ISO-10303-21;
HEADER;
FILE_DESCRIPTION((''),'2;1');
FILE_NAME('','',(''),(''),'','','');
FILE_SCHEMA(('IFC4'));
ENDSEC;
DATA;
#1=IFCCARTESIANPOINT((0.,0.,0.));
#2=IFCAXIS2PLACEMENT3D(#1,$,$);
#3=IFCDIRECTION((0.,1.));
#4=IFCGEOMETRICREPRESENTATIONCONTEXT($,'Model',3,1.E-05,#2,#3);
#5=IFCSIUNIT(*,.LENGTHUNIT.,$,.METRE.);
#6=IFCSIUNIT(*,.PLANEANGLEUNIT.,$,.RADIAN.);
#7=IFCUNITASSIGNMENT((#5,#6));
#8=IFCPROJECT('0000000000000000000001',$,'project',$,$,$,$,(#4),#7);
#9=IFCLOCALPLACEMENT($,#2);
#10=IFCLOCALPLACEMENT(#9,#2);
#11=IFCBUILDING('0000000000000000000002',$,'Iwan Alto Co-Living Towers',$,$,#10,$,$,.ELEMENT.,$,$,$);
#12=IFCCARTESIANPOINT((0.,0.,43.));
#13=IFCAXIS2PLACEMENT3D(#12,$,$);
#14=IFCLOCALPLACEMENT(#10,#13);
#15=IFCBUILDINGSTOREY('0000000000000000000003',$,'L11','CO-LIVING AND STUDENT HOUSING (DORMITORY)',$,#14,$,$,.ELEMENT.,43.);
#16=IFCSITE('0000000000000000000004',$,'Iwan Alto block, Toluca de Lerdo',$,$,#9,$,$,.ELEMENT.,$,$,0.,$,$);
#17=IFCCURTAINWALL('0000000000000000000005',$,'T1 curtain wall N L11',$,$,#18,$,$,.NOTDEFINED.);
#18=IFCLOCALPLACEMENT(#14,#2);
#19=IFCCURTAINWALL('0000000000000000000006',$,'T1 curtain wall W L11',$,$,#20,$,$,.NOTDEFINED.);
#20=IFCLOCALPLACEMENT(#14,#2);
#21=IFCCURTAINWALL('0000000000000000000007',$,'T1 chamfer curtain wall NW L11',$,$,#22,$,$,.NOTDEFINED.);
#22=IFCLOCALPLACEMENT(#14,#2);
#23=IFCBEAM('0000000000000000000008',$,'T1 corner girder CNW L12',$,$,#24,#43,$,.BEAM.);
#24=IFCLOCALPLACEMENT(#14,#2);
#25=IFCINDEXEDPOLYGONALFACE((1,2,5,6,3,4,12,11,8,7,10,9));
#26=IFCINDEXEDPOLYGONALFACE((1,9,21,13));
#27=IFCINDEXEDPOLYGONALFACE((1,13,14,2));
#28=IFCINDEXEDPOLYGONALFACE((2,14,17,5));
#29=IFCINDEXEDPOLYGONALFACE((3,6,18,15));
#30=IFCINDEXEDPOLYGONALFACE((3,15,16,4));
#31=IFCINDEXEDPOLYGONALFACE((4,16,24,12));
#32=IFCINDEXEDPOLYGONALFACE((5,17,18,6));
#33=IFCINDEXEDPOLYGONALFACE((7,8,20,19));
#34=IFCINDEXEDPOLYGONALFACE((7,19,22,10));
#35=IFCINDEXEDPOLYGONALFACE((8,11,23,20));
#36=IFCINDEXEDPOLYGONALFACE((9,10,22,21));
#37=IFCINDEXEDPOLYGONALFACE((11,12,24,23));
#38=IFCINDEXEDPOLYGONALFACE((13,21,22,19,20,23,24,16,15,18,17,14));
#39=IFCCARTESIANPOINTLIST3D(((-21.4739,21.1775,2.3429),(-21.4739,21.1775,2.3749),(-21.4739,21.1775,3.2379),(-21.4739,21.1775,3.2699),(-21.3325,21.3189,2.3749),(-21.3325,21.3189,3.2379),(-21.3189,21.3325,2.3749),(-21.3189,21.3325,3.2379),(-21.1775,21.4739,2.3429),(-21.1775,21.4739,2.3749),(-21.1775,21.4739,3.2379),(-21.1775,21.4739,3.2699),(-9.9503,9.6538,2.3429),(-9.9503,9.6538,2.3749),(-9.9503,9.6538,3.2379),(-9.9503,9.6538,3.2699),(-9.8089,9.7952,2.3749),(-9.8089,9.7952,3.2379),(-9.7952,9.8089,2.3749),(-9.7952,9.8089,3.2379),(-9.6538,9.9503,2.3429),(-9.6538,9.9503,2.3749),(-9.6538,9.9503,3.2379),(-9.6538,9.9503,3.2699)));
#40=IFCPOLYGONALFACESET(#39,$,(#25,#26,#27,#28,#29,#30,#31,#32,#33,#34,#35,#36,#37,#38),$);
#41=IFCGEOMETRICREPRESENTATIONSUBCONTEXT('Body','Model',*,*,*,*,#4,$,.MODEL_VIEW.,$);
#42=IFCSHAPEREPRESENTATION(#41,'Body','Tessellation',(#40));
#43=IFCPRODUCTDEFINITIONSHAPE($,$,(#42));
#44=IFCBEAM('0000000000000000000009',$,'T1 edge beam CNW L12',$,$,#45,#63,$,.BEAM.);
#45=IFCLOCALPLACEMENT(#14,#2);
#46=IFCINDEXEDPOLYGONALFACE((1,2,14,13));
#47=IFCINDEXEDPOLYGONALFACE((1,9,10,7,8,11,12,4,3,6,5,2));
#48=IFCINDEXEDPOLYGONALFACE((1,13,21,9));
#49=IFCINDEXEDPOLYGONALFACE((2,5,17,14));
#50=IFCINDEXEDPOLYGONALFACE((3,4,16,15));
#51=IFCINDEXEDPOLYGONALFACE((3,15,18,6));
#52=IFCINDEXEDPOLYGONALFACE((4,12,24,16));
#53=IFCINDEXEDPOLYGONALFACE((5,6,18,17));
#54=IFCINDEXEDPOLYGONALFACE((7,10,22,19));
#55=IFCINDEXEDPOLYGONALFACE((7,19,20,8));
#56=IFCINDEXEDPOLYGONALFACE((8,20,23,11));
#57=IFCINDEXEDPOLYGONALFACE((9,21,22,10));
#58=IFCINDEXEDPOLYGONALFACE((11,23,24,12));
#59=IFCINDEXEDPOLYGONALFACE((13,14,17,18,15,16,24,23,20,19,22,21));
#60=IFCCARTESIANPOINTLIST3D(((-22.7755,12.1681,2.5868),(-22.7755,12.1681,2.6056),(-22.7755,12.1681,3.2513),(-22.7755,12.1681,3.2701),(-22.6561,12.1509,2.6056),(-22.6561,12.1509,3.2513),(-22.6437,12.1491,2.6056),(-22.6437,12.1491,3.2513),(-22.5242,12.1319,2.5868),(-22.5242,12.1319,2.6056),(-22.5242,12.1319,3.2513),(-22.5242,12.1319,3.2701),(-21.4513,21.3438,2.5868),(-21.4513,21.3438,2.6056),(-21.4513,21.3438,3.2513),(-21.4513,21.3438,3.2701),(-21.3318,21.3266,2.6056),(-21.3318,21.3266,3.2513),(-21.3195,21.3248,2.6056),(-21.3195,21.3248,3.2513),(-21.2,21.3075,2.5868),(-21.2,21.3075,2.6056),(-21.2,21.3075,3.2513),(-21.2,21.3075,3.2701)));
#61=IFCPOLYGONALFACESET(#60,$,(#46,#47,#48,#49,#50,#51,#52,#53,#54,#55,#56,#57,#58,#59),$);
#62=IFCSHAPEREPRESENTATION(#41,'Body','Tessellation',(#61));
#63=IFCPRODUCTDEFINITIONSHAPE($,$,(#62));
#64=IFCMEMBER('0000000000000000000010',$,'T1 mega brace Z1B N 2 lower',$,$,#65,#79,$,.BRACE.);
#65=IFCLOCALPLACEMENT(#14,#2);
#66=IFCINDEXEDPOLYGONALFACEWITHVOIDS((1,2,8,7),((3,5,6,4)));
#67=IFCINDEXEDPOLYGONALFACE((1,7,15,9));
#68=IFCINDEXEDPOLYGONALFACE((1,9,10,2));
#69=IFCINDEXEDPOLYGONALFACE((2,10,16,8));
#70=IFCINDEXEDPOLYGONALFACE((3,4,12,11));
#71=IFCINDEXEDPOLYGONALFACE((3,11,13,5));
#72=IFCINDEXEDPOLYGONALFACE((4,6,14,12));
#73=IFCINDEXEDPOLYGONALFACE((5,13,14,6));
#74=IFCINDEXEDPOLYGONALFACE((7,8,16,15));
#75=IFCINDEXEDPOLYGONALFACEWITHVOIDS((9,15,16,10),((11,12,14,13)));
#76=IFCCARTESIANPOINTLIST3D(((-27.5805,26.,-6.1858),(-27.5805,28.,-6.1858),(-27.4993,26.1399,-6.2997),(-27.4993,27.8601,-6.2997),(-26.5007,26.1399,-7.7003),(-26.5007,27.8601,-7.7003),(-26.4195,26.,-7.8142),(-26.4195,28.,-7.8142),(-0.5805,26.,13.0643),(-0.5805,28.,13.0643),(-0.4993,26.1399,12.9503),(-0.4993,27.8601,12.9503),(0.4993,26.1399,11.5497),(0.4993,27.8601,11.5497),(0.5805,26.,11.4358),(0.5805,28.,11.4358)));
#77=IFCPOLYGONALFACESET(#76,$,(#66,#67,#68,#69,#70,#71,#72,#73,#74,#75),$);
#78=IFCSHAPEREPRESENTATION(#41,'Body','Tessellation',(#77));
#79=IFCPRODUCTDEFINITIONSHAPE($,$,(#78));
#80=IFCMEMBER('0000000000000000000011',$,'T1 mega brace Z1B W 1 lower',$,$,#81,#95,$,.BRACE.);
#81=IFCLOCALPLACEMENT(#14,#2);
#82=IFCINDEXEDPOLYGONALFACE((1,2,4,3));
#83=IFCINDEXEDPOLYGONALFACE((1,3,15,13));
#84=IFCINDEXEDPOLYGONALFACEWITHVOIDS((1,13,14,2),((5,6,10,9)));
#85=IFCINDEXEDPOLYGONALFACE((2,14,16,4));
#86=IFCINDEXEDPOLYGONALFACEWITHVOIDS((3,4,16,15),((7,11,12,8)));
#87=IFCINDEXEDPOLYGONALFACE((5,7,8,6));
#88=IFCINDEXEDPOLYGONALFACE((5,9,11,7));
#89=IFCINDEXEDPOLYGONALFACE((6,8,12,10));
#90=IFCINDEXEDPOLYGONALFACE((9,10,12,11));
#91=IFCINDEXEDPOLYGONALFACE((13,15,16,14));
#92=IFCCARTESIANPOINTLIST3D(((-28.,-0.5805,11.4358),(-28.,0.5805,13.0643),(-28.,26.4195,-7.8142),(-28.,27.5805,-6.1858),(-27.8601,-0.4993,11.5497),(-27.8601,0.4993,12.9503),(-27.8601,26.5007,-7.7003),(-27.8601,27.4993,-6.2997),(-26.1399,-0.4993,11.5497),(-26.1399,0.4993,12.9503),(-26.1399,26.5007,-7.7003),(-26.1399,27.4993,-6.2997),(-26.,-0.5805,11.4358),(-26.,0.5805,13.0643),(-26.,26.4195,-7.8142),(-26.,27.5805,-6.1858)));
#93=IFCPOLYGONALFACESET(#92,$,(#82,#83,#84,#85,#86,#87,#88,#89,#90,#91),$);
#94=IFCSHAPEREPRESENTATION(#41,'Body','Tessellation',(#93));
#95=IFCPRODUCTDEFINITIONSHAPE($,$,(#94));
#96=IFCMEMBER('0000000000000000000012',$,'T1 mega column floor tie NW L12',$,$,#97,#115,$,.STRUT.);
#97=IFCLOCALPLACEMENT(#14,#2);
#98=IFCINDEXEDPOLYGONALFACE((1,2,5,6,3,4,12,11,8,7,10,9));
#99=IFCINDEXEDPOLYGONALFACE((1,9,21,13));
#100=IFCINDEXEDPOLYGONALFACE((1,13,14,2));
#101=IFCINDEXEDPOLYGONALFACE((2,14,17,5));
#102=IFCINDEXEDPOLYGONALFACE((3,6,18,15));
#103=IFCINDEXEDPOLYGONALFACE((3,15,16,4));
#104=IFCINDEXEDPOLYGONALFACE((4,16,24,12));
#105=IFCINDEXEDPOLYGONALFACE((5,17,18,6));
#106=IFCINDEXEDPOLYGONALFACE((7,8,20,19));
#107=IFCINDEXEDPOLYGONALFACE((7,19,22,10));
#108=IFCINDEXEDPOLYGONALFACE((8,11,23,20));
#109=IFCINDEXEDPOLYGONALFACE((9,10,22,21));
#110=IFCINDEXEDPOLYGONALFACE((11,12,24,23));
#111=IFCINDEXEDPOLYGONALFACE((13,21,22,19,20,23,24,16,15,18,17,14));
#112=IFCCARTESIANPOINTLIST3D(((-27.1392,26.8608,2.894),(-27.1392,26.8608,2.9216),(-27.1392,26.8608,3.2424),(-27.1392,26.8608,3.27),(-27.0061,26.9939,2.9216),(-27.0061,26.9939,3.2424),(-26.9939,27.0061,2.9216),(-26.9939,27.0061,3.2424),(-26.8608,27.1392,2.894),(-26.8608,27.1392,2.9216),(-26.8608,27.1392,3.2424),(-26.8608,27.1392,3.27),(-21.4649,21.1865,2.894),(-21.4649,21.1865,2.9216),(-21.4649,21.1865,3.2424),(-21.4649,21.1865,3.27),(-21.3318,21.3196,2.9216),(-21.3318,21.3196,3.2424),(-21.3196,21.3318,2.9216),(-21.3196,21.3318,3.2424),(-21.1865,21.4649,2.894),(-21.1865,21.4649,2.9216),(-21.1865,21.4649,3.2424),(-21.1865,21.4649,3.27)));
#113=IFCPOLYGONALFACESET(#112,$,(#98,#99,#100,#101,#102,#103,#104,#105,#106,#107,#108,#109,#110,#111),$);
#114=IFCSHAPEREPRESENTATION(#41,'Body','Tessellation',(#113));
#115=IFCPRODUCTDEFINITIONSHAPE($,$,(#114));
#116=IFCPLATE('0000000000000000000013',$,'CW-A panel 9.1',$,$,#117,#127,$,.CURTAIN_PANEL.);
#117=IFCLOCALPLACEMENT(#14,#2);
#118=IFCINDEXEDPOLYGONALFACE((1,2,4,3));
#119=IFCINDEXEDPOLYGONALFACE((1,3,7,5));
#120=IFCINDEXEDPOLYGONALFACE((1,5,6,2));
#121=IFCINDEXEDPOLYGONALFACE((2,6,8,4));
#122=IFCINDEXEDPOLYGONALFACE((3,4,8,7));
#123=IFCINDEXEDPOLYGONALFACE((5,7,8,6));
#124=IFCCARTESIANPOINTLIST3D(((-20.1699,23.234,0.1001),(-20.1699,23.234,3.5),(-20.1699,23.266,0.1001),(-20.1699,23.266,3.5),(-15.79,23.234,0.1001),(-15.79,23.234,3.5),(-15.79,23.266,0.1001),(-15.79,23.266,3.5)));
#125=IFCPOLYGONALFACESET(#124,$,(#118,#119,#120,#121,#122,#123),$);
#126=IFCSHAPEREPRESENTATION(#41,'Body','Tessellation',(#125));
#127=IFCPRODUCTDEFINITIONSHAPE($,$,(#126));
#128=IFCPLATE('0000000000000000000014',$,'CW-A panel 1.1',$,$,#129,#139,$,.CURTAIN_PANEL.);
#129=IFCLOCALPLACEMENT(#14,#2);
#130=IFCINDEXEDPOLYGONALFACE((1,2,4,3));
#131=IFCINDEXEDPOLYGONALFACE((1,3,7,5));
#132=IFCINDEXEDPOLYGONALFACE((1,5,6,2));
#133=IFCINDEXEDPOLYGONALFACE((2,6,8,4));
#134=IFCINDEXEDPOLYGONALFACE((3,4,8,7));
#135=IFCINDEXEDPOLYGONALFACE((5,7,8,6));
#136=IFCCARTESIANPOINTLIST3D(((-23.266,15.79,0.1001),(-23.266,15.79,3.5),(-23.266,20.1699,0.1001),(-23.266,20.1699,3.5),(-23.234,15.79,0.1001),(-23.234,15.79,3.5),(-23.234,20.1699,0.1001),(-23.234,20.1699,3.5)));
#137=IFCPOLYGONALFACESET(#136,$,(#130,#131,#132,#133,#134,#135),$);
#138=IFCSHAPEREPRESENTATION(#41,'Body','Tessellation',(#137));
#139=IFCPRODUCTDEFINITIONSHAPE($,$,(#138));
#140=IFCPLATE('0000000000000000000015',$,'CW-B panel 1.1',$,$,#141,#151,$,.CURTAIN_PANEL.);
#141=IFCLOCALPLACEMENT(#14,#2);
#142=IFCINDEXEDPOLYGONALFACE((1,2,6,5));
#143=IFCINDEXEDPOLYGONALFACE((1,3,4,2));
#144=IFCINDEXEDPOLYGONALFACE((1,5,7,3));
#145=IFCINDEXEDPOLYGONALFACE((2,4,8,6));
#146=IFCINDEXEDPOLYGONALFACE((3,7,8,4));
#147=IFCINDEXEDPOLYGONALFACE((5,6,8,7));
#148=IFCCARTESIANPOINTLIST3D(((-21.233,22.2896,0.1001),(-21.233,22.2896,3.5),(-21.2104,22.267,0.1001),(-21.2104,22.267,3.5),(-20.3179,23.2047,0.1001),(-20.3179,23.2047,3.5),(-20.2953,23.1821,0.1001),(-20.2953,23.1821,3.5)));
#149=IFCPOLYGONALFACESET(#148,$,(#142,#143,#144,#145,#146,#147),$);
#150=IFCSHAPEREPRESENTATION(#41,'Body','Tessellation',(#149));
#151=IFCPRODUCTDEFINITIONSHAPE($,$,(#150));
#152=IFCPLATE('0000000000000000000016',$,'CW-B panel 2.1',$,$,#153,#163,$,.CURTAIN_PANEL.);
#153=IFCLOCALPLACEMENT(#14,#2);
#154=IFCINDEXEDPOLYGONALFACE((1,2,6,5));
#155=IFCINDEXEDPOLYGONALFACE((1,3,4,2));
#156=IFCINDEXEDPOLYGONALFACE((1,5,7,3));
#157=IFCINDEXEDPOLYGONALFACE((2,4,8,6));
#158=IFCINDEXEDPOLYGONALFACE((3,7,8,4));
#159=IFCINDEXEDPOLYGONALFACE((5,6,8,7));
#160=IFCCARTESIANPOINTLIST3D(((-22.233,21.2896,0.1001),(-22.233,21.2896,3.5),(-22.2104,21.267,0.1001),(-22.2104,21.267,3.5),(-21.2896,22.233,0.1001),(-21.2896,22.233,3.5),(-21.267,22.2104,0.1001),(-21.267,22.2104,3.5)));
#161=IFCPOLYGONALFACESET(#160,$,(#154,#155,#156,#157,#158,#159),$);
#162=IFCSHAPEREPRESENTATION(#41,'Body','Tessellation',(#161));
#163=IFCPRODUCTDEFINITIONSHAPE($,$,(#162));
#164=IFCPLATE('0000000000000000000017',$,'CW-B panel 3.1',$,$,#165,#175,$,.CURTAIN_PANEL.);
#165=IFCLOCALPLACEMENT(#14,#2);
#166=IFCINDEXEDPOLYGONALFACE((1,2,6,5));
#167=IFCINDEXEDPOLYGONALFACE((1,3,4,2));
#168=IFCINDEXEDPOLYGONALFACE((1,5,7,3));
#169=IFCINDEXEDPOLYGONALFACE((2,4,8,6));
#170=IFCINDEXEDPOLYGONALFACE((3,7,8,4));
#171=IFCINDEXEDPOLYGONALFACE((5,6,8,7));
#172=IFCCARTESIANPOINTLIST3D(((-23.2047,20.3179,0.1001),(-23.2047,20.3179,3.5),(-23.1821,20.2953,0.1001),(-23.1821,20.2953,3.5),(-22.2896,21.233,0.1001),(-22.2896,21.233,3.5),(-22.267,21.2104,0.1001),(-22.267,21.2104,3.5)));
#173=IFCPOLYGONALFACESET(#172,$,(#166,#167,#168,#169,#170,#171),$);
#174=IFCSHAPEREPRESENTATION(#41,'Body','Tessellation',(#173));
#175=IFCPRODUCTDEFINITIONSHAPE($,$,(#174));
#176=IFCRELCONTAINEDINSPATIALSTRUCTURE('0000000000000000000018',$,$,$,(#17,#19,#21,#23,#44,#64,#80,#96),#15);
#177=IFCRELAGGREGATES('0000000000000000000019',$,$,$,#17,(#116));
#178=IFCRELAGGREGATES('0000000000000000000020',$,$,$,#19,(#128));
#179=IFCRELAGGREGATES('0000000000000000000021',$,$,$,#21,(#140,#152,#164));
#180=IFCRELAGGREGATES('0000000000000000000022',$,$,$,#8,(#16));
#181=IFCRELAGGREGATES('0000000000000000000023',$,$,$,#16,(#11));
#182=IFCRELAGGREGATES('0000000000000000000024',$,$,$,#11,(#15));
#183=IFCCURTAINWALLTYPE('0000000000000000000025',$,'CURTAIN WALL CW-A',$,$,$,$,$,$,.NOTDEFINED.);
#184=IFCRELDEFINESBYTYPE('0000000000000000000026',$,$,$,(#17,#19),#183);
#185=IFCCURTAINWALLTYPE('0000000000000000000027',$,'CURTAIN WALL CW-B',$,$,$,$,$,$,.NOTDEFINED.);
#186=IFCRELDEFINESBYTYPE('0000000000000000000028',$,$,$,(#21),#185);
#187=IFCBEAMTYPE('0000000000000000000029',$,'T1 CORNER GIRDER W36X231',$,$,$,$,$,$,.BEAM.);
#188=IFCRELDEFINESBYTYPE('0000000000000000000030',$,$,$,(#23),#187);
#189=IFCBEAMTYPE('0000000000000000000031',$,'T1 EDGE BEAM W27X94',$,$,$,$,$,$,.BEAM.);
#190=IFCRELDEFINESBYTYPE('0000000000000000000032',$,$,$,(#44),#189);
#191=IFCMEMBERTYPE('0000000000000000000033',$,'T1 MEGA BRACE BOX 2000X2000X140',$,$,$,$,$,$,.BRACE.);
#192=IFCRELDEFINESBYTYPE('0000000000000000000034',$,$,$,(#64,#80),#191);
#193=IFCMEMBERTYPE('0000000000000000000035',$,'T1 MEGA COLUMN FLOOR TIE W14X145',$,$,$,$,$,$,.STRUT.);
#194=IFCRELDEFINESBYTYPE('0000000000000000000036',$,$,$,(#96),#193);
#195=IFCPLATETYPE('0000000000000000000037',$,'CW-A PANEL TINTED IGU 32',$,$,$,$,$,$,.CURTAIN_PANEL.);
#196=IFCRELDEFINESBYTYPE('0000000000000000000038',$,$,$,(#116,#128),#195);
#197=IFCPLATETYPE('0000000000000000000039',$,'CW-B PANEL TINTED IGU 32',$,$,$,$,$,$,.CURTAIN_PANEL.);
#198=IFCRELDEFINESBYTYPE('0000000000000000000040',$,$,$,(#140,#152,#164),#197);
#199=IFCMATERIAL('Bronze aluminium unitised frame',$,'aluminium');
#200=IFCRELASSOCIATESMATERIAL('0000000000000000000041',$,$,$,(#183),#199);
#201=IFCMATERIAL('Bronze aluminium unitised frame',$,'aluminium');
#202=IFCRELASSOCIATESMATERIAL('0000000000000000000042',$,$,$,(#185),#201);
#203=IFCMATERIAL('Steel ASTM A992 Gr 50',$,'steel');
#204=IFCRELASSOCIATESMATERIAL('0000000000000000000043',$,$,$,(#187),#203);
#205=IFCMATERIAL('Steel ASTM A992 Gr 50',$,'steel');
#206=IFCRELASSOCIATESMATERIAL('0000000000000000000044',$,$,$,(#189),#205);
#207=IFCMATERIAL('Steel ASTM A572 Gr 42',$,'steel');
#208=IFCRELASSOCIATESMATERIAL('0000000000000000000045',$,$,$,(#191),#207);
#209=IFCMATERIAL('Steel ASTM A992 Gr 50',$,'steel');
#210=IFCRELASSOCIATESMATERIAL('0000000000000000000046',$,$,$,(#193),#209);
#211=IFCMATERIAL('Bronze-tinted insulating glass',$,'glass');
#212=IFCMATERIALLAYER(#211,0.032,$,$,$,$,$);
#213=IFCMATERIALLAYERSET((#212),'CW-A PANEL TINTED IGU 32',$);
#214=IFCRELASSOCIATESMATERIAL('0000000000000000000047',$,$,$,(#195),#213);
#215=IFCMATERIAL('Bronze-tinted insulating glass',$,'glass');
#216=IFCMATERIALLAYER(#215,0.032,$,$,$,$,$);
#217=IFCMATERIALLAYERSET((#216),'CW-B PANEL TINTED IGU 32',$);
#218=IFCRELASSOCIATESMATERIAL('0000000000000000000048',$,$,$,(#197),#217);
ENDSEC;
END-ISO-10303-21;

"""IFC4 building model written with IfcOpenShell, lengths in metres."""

from ifc_helpers import new_model, si_unit, direction, frame, origin, origin_2d, place, context, subcontext, project, spatial, rectangle, hollow_rectangle, i_section, extrude, material, layer, layer_set, material_profile, profile_set, type_object, element, aggregate, save


model = new_model("IFC4")

# Units and contexts
model_context = context("Model", 3, precision=1e-05, world=origin(), true_north=direction((0.0, 1.0)))
body_context = subcontext(model_context, "Body", "Model", "MODEL_VIEW")
ifc_project = project(units=[si_unit("LENGTHUNIT", "METRE"), si_unit("PLANEANGLEUNIT", "RADIAN")], contexts=[model_context])

# Site, building, storey
site_placement = place(None, origin())
site = spatial("IfcSite", under=ifc_project, at=site_placement, Name="Iwan Alto block, Toluca de Lerdo", CompositionType="ELEMENT", RefElevation=0.0)
building_placement = place(site_placement, origin())
building = spatial("IfcBuilding", under=site, at=building_placement, Name="Iwan Alto Co-Living Towers", CompositionType="ELEMENT")
storey_placement = place(building_placement, frame((0.0, 0.0, 43.0)))
storey = spatial("IfcBuildingStorey", under=building, at=storey_placement, Name="L11", Description="CO-LIVING AND STUDENT HOUSING (DORMITORY)", CompositionType="ELEMENT", Elevation=43.0)

# Curtain wall
ifc_material_1 = material(Name="Bronze aluminium unitised frame", Category="aluminium")
curtain_wall_type_1 = type_object("IfcCurtainWallType", Name="CURTAIN WALL CW-A", PredefinedType="NOTDEFINED", material=ifc_material_1)
curtain_wall_1_placement = place(storey_placement, origin())
curtain_wall_1 = element("IfcCurtainWall", 1, at=curtain_wall_1_placement, inside=storey, type_object=curtain_wall_type_1, Name="T1 curtain wall N L11", PredefinedType="NOTDEFINED")

# Curtain walls
curtain_wall_2_placement = place(storey_placement, origin())
curtain_wall_2 = element("IfcCurtainWall", 2, at=curtain_wall_2_placement, inside=storey, type_object=curtain_wall_type_1, Name="T1 curtain wall W L11", PredefinedType="NOTDEFINED")
ifc_material_2 = material(Name="Bronze aluminium unitised frame", Category="aluminium")
curtain_wall_type_2 = type_object("IfcCurtainWallType", Name="CURTAIN WALL CW-B", PredefinedType="NOTDEFINED", material=ifc_material_2)
curtain_wall_3_placement = place(storey_placement, origin())
curtain_wall_3 = element("IfcCurtainWall", 3, at=curtain_wall_3_placement, inside=storey, type_object=curtain_wall_type_2, Name="T1 chamfer curtain wall NW L11", PredefinedType="NOTDEFINED")

# Beams
ifc_material_3 = material(Name="Steel ASTM A992 Gr 50", Category="steel")
ifc_material_profile_1 = material_profile(ifc_material_3, i_section(OverallWidth=0.4192, OverallDepth=0.927, WebThickness=0.0193, FlangeThickness=0.032, at=origin_2d()), Name="W36X231")
ifc_profile_set_1 = profile_set([ifc_material_profile_1], Name="Steel ASTM A992 Gr 50")
beam_type_1 = type_object("IfcBeamType", Name="T1 CORNER GIRDER W36X231", PredefinedType="BEAM", material=ifc_profile_set_1)
beam_1_placement = place(storey_placement, frame((-21.3257, 21.3257, 2.8064), z_axis=(0.707107, -0.707107, 0.0), x_axis=(0.707107, 0.707107, 0.0)))
element("IfcBeam", 4, at=beam_1_placement, inside=storey, type_object=beam_type_1, Name="T1 corner girder CNW L12", PredefinedType="BEAM", context=body_context, shape_type="SweptSolid", body=[
    extrude(i_section(OverallWidth=0.4192, OverallDepth=0.927, WebThickness=0.0193, FlangeThickness=0.032, at=origin_2d()), origin(), (0.0, 0.0, 1.0), 16.2969),
])
ifc_material_4 = material(Name="Steel ASTM A992 Gr 50", Category="steel")
ifc_material_profile_2 = material_profile(ifc_material_4, i_section(OverallWidth=0.2539, OverallDepth=0.6833, WebThickness=0.0125, FlangeThickness=0.0188, at=origin_2d()), Name="W27X94")
ifc_profile_set_2 = profile_set([ifc_material_profile_2], Name="Steel ASTM A992 Gr 50")
beam_type_2 = type_object("IfcBeamType", Name="T1 EDGE BEAM W27X94", PredefinedType="BEAM", material=ifc_profile_set_2)
beam_2_placement = place(storey_placement, frame((-21.3257, 21.3257, 2.9285), z_axis=(-0.142837, -0.989746, 0.0), x_axis=(0.989746, -0.142837, 0.0)))
element("IfcBeam", 5, at=beam_2_placement, inside=storey, type_object=beam_type_2, Name="T1 edge beam CNW L12", PredefinedType="BEAM", context=body_context, shape_type="SweptSolid", body=[
    extrude(i_section(OverallWidth=0.2539, OverallDepth=0.6833, WebThickness=0.0125, FlangeThickness=0.0188, at=origin_2d()), origin(), (0.0, 0.0, 1.0), 9.2708),
])

# Members
ifc_material_5 = material(Name="Steel ASTM A572 Gr 42", Category="steel")
ifc_material_profile_3 = material_profile(ifc_material_5, hollow_rectangle(XDim=2.0, YDim=2.0, WallThickness=0.1399, at=origin_2d()), Name="BOX 2000X2000X140")
ifc_profile_set_3 = profile_set([ifc_material_profile_3], Name="Steel ASTM A572 Gr 42")
member_type_1 = type_object("IfcMemberType", Name="T1 MEGA BRACE BOX 2000X2000X140", PredefinedType="BRACE", material=ifc_profile_set_3)
for number, where, z_axis, x_axis, name in (
    (6, (-27.0, 27.0, -7.0), (0.814243, 0.0, 0.580525), (0.0, 1.0, 0.0), "T1 mega brace Z1B N 2 lower"),
    (7, (-27.0, 27.0, -7.0), (0.0, -0.814243, 0.580525), (1.0, 0.0, 0.0), "T1 mega brace Z1B W 1 lower"),
):
    element("IfcMember", number, at=place(storey_placement, frame(where, z_axis=z_axis, x_axis=x_axis)), inside=storey, type_object=member_type_1, Name=name, PredefinedType="BRACE", context=body_context, shape_type="SweptSolid", body=[
        extrude(hollow_rectangle(XDim=2.0, YDim=2.0, WallThickness=0.1399, at=origin_2d()), origin(), (0.0, 0.0, 1.0), 33.1597),
    ])
ifc_material_6 = material(Name="Steel ASTM A992 Gr 50", Category="steel")
ifc_material_profile_4 = material_profile(ifc_material_6, i_section(OverallWidth=0.3938, OverallDepth=0.376, WebThickness=0.0173, FlangeThickness=0.0276, at=origin_2d()), Name="W14X145")
ifc_profile_set_4 = profile_set([ifc_material_profile_4], Name="Steel ASTM A992 Gr 50")
member_type_2 = type_object("IfcMemberType", Name="T1 MEGA COLUMN FLOOR TIE W14X145", PredefinedType="STRUT", material=ifc_profile_set_4)
member_1_placement = place(storey_placement, frame((-27.0, 27.0, 3.082), z_axis=(0.707107, -0.707107, 0.0), x_axis=(0.707107, 0.707107, 0.0)))
element("IfcMember", 8, at=member_1_placement, inside=storey, type_object=member_type_2, Name="T1 mega column floor tie NW L12", PredefinedType="STRUT", context=body_context, shape_type="SweptSolid", body=[
    extrude(i_section(OverallWidth=0.3938, OverallDepth=0.376, WebThickness=0.0173, FlangeThickness=0.0276, at=origin_2d()), origin(), (0.0, 0.0, 1.0), 8.0247),
])

# Plates
ifc_material_7 = material(Name="Bronze-tinted insulating glass", Category="glass")
ifc_layer_1 = layer(ifc_material_7, 0.032)
ifc_layer_set_1 = layer_set([ifc_layer_1], Name="CW-A PANEL TINTED IGU 32")
plate_type_1 = type_object("IfcPlateType", Name="CW-A PANEL TINTED IGU 32", PredefinedType="CURTAIN_PANEL", material=ifc_layer_set_1)
plate_1_placement = place(storey_placement, frame((-17.98, 23.25, 0.1001), z_axis=(0.0, 0.0, 1.0), x_axis=(-1.0, 0.0, 0.0)))
plate_1 = element("IfcPlate", 9, at=plate_1_placement, type_object=plate_type_1, Name="CW-A panel 9.1", PredefinedType="CURTAIN_PANEL", context=body_context, shape_type="SweptSolid", body=[
    extrude(rectangle(XDim=4.3799, YDim=0.032, at=origin_2d()), origin(), (0.0, 0.0, 1.0), 3.3999),
])
aggregate(curtain_wall_1, [plate_1])
plate_2_placement = place(storey_placement, frame((-23.25, 17.98, 0.1001), z_axis=(0.0, 0.0, 1.0), x_axis=(0.0, -1.0, 0.0)))
plate_2 = element("IfcPlate", 10, at=plate_2_placement, type_object=plate_type_1, Name="CW-A panel 1.1", PredefinedType="CURTAIN_PANEL", context=body_context, shape_type="SweptSolid", body=[
    extrude(rectangle(XDim=4.3799, YDim=0.032, at=origin_2d()), origin(), (0.0, 0.0, 1.0), 3.3999),
])
aggregate(curtain_wall_2, [plate_2])
ifc_material_8 = material(Name="Bronze-tinted insulating glass", Category="glass")
ifc_layer_2 = layer(ifc_material_8, 0.032)
ifc_layer_set_2 = layer_set([ifc_layer_2], Name="CW-B PANEL TINTED IGU 32")
plate_type_2 = type_object("IfcPlateType", Name="CW-B PANEL TINTED IGU 32", PredefinedType="CURTAIN_PANEL", material=ifc_layer_set_2)
plate_3_placement = place(storey_placement, frame((-20.7642, 22.7358, 0.1001), z_axis=(0.0, 0.0, 1.0), x_axis=(-0.707107, -0.707107, 0.0)))
plate_3 = element("IfcPlate", 11, at=plate_3_placement, type_object=plate_type_2, Name="CW-B panel 1.1", PredefinedType="CURTAIN_PANEL", context=body_context, shape_type="SweptSolid", body=[
    extrude(rectangle(XDim=1.2942, YDim=0.032, at=origin_2d()), origin(), (0.0, 0.0, 1.0), 3.3999),
])
plate_4_placement = place(storey_placement, frame((-21.75, 21.75, 0.1001), z_axis=(0.0, 0.0, 1.0), x_axis=(-0.707107, -0.707107, 0.0)))
plate_4 = element("IfcPlate", 12, at=plate_4_placement, type_object=plate_type_2, Name="CW-B panel 2.1", PredefinedType="CURTAIN_PANEL", context=body_context, shape_type="SweptSolid", body=[
    extrude(rectangle(XDim=1.3342, YDim=0.032, at=origin_2d()), origin(), (0.0, 0.0, 1.0), 3.3999),
])
plate_5_placement = place(storey_placement, frame((-22.7358, 20.7642, 0.1001), z_axis=(0.0, 0.0, 1.0), x_axis=(-0.707107, -0.707107, 0.0)))
plate_5 = element("IfcPlate", 13, at=plate_5_placement, type_object=plate_type_2, Name="CW-B panel 3.1", PredefinedType="CURTAIN_PANEL", context=body_context, shape_type="SweptSolid", body=[
    extrude(rectangle(XDim=1.2942, YDim=0.032, at=origin_2d()), origin(), (0.0, 0.0, 1.0), 3.3999),
])
aggregate(curtain_wall_3, [plate_3, plate_4, plate_5])

save(model, "model.ifc")
